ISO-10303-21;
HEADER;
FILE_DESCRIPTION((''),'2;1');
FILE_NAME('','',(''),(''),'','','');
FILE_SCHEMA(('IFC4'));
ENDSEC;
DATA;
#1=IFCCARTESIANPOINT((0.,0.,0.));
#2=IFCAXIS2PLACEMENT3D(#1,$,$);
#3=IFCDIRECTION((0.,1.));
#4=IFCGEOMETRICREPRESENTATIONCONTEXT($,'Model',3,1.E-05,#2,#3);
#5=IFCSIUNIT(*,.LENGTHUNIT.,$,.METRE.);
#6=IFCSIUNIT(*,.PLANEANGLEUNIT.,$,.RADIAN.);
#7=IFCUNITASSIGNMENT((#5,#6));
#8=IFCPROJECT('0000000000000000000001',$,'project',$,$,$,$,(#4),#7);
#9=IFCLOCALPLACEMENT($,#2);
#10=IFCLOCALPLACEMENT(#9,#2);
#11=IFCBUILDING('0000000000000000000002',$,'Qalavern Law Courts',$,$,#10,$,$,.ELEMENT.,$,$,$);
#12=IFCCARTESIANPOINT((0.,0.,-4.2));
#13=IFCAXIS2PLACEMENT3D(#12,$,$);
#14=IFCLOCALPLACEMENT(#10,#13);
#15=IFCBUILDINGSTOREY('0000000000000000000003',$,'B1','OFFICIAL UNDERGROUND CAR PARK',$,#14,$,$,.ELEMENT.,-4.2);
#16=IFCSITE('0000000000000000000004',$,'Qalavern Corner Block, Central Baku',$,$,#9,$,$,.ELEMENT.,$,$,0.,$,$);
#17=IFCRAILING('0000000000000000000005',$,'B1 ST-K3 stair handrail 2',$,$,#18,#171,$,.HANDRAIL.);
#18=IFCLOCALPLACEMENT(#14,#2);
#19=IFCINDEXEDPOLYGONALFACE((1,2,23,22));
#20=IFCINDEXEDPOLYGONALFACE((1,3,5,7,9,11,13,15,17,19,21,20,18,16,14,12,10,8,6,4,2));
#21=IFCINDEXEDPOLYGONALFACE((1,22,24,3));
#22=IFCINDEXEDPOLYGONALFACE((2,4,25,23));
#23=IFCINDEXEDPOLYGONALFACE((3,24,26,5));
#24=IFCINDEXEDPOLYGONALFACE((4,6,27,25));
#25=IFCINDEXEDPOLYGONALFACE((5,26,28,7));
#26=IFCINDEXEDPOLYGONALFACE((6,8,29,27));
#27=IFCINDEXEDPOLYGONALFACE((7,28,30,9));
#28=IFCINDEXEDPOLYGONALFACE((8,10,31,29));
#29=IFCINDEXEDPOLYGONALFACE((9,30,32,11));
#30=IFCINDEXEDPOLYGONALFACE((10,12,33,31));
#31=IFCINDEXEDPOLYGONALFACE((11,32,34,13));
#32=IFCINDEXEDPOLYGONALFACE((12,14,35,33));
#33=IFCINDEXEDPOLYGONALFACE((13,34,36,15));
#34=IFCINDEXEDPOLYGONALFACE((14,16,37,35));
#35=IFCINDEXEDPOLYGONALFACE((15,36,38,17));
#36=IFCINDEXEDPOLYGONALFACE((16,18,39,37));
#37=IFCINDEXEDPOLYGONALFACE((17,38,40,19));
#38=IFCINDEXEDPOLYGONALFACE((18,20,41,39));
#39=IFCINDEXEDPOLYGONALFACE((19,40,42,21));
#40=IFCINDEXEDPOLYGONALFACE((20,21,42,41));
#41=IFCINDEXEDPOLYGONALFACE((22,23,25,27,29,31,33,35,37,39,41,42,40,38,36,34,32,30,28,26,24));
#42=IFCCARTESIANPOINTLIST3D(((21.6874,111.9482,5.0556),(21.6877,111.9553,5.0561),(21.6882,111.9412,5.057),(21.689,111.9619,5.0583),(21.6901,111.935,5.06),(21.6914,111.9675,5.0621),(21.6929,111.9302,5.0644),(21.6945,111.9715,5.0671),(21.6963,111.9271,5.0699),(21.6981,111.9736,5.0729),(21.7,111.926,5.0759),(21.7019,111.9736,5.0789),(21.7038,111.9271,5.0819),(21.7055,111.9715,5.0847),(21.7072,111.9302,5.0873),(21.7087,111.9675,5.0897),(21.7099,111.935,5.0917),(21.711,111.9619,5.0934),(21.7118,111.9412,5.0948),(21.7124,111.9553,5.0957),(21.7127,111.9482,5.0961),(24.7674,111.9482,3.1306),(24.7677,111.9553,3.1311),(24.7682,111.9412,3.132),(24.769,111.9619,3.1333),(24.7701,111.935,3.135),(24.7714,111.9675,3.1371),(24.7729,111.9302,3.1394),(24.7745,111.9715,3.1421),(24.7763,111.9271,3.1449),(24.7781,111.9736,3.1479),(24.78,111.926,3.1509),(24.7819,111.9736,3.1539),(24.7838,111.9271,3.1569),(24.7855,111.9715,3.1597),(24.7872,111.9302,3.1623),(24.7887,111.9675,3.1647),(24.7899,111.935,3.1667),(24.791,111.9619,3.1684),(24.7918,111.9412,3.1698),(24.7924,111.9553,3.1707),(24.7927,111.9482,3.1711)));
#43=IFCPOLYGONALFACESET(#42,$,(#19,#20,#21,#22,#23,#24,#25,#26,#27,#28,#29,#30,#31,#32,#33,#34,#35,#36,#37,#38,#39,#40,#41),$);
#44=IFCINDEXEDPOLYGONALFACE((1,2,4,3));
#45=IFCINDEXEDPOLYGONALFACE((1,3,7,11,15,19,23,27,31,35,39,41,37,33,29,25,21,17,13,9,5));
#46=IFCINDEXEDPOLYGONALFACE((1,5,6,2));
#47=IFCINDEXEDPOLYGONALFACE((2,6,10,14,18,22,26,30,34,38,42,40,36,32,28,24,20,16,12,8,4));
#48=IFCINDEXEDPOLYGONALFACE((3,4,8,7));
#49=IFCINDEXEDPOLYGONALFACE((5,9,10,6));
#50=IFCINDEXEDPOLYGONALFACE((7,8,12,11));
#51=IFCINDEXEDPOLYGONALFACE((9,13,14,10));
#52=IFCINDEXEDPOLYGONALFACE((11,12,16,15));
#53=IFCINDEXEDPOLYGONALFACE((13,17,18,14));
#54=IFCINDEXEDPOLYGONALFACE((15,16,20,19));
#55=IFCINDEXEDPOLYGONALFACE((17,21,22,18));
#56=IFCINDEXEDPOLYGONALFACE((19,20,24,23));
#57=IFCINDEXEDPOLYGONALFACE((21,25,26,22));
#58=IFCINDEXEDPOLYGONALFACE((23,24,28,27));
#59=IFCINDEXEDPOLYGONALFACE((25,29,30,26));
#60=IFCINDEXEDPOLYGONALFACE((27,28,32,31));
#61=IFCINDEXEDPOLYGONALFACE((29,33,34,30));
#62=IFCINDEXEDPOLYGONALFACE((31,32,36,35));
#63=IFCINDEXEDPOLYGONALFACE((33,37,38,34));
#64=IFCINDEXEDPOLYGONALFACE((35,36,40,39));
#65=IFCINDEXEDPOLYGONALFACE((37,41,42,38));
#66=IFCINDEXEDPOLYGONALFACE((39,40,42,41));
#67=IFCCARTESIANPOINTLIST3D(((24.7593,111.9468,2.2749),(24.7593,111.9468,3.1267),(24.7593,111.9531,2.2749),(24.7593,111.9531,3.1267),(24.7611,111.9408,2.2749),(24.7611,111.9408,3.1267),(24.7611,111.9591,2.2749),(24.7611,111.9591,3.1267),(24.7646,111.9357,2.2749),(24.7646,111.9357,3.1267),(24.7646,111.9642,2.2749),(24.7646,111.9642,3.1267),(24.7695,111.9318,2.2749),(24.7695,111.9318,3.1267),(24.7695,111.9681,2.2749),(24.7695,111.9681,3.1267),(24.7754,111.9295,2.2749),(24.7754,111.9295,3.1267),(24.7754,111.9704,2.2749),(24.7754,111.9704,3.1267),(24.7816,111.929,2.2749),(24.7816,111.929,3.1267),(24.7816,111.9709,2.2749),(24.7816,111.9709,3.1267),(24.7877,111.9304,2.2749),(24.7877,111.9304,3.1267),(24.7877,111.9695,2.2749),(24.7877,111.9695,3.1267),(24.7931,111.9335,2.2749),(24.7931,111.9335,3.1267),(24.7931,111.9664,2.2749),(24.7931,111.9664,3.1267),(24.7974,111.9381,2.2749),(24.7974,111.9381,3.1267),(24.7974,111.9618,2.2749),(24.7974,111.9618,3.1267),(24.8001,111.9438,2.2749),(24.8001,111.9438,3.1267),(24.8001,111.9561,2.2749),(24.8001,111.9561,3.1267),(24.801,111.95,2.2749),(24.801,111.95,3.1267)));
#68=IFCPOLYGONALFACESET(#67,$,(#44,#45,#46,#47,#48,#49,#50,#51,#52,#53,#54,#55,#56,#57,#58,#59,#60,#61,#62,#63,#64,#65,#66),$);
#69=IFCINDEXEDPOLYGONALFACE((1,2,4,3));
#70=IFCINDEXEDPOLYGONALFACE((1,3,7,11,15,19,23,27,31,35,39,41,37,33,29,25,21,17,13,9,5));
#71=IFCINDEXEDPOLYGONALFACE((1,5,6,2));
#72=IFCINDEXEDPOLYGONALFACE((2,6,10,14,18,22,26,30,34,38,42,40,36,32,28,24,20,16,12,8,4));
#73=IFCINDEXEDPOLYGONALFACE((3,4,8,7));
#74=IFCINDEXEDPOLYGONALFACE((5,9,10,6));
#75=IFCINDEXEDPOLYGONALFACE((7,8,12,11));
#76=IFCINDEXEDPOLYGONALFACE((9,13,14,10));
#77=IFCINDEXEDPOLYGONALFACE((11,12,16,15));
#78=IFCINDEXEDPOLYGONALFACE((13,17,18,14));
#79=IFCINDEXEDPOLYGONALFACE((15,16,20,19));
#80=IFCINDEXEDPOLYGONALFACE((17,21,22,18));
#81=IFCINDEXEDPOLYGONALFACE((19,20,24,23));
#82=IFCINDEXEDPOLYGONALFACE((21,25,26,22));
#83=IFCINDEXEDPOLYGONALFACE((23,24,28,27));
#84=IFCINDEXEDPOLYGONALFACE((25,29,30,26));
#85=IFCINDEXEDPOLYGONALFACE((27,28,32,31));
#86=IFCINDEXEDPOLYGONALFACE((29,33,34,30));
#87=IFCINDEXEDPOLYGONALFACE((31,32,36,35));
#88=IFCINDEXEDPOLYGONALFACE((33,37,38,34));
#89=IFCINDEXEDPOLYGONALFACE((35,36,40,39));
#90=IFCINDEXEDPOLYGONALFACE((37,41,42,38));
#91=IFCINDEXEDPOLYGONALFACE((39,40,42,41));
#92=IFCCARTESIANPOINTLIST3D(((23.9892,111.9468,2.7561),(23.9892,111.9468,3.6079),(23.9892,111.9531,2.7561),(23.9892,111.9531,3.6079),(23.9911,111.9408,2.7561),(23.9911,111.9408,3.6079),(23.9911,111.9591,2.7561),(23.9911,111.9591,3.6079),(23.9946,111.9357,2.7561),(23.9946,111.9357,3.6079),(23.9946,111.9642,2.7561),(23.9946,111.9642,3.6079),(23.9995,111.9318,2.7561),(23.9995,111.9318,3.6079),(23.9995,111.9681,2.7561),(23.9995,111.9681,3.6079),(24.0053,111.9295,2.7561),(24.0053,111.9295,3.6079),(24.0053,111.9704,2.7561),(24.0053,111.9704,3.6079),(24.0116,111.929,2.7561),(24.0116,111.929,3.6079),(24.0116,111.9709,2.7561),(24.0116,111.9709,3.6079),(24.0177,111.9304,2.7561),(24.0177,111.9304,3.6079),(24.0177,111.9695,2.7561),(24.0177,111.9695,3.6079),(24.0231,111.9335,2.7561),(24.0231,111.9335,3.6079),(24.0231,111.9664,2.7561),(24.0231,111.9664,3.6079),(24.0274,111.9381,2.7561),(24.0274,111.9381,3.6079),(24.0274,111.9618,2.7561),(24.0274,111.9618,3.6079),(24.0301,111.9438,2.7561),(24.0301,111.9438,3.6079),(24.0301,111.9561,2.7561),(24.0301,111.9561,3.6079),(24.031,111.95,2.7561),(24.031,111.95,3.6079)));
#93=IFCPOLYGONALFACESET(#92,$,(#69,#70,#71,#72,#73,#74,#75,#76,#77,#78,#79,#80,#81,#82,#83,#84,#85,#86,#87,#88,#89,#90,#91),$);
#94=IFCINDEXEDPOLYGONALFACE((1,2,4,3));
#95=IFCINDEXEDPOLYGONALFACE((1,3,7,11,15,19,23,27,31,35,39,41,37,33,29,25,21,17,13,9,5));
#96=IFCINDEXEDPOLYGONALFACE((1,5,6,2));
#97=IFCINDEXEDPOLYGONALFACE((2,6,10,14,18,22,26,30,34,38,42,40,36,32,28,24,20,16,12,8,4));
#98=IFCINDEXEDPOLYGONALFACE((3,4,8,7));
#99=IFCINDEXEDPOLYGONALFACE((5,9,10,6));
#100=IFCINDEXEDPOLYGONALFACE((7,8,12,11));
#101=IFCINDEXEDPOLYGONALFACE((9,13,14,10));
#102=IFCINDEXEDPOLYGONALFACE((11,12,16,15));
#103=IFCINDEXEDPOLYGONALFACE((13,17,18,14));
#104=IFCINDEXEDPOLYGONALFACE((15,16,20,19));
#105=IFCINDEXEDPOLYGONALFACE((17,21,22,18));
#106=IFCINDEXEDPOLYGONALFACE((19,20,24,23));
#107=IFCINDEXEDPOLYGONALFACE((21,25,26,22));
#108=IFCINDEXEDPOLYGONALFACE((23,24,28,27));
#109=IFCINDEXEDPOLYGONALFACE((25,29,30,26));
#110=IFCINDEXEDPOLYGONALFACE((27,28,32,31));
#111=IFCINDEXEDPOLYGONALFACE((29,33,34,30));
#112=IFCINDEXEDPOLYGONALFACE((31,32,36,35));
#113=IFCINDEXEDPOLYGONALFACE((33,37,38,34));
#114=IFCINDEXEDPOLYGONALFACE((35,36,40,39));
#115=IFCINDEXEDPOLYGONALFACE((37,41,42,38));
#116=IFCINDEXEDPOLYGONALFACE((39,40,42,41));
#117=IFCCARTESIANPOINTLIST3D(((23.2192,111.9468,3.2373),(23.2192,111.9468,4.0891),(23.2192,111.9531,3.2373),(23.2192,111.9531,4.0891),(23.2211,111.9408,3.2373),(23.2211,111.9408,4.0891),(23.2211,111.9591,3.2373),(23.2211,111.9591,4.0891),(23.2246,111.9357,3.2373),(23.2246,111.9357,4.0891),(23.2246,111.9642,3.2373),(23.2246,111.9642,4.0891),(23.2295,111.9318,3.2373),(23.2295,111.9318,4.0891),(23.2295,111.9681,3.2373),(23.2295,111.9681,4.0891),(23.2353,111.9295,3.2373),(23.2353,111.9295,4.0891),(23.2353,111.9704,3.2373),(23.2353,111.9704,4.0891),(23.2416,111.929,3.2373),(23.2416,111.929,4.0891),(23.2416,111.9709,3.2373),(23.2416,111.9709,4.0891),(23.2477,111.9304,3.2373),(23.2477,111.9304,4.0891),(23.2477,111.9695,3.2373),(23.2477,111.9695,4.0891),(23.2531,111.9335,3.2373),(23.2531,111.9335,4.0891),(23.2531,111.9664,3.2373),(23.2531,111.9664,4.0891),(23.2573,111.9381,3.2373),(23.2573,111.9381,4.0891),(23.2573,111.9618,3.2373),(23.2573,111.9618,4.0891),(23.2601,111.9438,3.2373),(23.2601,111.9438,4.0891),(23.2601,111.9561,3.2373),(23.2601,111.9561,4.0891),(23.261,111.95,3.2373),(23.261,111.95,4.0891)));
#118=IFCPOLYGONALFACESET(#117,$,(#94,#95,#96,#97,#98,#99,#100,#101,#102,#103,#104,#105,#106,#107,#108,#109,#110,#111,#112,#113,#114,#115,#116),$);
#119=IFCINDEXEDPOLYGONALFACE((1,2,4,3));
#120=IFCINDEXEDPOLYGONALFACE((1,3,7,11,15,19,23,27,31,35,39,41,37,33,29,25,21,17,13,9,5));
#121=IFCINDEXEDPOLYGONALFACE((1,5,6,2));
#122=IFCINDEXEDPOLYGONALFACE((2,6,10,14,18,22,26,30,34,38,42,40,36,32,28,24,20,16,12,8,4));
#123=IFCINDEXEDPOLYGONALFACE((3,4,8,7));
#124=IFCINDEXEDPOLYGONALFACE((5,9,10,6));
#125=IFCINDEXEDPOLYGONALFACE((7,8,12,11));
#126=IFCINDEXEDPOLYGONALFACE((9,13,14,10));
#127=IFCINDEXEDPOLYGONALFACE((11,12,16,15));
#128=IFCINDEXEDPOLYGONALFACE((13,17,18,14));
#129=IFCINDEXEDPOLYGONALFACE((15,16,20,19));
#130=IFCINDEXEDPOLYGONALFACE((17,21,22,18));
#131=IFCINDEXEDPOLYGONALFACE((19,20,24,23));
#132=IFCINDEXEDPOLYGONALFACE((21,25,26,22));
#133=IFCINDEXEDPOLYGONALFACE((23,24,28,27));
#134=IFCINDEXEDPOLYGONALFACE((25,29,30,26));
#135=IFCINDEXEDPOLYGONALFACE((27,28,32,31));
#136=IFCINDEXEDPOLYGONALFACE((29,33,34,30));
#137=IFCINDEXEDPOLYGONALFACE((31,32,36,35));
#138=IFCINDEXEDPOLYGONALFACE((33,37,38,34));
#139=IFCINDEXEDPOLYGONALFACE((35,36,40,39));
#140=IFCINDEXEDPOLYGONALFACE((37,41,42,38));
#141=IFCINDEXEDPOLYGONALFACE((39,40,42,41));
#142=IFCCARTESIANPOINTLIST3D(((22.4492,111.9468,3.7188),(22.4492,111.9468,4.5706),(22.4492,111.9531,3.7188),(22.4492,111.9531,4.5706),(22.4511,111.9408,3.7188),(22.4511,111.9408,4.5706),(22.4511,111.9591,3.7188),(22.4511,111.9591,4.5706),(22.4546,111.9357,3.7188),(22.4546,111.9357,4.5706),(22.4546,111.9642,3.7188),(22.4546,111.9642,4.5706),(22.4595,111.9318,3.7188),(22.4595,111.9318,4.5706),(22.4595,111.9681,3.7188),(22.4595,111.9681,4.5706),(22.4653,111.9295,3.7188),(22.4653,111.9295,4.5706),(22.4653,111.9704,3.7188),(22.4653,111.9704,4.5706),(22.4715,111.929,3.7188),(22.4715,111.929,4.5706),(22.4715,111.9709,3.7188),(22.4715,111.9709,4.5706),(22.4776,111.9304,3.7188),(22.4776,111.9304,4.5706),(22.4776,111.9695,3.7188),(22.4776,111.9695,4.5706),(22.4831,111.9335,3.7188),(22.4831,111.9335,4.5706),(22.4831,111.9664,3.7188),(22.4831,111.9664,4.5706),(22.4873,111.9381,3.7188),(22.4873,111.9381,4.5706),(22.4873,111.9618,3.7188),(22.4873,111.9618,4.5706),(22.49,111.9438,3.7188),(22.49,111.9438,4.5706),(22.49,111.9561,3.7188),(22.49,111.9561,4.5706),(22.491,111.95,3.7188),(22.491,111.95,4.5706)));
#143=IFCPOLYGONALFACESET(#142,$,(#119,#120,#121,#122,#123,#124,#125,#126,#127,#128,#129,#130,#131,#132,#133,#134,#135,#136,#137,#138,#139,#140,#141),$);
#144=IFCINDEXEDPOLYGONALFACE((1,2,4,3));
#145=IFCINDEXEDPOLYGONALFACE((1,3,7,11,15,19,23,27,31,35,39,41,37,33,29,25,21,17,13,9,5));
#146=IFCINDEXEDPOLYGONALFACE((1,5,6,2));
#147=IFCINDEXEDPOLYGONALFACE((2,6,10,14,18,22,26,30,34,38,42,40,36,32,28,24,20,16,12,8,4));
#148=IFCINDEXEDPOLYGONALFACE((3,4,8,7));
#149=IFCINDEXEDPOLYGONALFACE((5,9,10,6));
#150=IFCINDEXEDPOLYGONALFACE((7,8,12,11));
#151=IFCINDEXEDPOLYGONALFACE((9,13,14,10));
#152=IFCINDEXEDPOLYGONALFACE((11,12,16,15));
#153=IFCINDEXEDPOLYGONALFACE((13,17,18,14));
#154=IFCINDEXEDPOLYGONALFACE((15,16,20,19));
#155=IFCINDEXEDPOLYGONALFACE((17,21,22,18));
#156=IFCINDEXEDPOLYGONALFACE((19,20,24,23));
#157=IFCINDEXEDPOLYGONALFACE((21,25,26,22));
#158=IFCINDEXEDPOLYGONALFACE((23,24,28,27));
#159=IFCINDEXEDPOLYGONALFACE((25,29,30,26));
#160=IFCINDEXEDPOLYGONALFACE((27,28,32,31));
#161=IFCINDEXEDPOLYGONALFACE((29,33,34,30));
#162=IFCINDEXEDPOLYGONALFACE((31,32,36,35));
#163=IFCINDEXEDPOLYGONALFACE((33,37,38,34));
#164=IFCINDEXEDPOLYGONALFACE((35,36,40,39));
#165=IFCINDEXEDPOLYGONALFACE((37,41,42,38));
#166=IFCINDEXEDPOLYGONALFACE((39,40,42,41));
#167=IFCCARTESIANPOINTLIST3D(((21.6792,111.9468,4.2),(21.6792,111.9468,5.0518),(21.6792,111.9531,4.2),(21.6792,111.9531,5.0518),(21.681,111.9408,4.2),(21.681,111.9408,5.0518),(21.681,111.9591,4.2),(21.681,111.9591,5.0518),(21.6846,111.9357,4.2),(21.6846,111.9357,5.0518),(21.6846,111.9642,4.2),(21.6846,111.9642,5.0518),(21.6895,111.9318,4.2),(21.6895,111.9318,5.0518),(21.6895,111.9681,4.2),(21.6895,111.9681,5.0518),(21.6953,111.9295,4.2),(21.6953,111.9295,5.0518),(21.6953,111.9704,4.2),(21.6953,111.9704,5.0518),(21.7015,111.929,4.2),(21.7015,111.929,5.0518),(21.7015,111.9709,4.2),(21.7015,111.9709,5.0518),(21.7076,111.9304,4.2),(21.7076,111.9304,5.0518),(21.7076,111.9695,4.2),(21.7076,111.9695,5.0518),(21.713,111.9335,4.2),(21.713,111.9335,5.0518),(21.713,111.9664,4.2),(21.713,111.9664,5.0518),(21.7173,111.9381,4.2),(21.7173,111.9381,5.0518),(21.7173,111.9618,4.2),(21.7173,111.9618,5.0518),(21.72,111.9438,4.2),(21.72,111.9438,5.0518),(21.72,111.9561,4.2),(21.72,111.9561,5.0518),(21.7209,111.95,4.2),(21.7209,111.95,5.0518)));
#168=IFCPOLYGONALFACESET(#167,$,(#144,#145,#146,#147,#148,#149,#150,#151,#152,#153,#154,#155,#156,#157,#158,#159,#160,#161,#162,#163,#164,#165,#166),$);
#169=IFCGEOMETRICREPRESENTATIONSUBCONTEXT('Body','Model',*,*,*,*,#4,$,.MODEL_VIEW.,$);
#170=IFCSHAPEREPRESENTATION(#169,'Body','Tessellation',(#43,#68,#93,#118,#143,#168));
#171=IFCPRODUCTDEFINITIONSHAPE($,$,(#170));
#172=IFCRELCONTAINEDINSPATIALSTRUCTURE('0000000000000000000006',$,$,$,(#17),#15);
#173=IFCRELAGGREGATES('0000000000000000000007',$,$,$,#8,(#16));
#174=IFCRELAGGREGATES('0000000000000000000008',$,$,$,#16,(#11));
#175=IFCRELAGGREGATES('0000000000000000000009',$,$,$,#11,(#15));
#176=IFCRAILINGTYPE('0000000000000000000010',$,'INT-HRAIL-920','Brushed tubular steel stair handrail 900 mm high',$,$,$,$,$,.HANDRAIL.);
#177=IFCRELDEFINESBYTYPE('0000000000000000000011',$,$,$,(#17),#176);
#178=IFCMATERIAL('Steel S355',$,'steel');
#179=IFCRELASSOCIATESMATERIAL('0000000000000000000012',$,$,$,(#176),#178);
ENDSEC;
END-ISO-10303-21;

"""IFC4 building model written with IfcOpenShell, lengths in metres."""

from ifc_helpers import new_model, si_unit, direction, frame, origin, origin_2d, place, context, subcontext, project, spatial, circle, extrude, material, type_object, element, save


model = new_model("IFC4")

# Units and contexts
model_context = context("Model", 3, precision=1e-05, world=origin(), true_north=direction((0.0, 1.0)))
body_context = subcontext(model_context, "Body", "Model", "MODEL_VIEW")
ifc_project = project(units=[si_unit("LENGTHUNIT", "METRE"), si_unit("PLANEANGLEUNIT", "RADIAN")], contexts=[model_context])

# Site, building, storey
site_placement = place(None, origin())
site = spatial("IfcSite", under=ifc_project, at=site_placement, Name="Qalavern Corner Block, Central Baku", CompositionType="ELEMENT", RefElevation=0.0)
building_placement = place(site_placement, origin())
building = spatial("IfcBuilding", under=site, at=building_placement, Name="Qalavern Law Courts", CompositionType="ELEMENT")
storey_placement = place(building_placement, frame((0.0, 0.0, -4.2)))
storey = spatial("IfcBuildingStorey", under=building, at=storey_placement, Name="B1", Description="OFFICIAL UNDERGROUND CAR PARK", CompositionType="ELEMENT", Elevation=-4.2)

# Shared definitions
ifc_material_1 = material(Name="Steel S355", Category="steel")

# Railing
railing_type_1 = type_object("IfcRailingType", Name="INT-HRAIL-920", Description="Brushed tubular steel stair handrail 900 mm high", PredefinedType="HANDRAIL", material=ifc_material_1)
railing_1_placement = place(storey_placement, frame((24.78, 111.95, 2.2749)))
element("IfcRailing", 1, at=railing_1_placement, inside=storey, type_object=railing_type_1, Name="B1 ST-K3 stair handrail 2", PredefinedType="HANDRAIL", context=body_context, shape_type="SweptSolid", body=[
    extrude(circle(Radius=0.0239, at=origin_2d()), frame((0.0, 0.0, 0.876), z_axis=(-0.847998, 0.0, 0.529999), x_axis=(0.0, -1.0, 0.0)), (0.0, 0.0, 1.0), 3.6321),
    extrude(circle(Radius=0.021, at=origin_2d()), origin(), (0.0, 0.0, 1.0), 0.8518),
    extrude(circle(Radius=0.021, at=origin_2d()), frame((-0.77, 0.0, 0.4812)), (0.0, 0.0, 1.0), 0.8518),
    extrude(circle(Radius=0.021, at=origin_2d()), frame((-1.54, 0.0, 0.9624)), (0.0, 0.0, 1.0), 0.8518),
    extrude(circle(Radius=0.021, at=origin_2d()), frame((-2.3101, 0.0, 1.4438)), (0.0, 0.0, 1.0), 0.8518),
    extrude(circle(Radius=0.021, at=origin_2d()), frame((-3.0801, 0.0, 1.925)), (0.0, 0.0, 1.0), 0.8518),
])

save(model, "model.ifc")
